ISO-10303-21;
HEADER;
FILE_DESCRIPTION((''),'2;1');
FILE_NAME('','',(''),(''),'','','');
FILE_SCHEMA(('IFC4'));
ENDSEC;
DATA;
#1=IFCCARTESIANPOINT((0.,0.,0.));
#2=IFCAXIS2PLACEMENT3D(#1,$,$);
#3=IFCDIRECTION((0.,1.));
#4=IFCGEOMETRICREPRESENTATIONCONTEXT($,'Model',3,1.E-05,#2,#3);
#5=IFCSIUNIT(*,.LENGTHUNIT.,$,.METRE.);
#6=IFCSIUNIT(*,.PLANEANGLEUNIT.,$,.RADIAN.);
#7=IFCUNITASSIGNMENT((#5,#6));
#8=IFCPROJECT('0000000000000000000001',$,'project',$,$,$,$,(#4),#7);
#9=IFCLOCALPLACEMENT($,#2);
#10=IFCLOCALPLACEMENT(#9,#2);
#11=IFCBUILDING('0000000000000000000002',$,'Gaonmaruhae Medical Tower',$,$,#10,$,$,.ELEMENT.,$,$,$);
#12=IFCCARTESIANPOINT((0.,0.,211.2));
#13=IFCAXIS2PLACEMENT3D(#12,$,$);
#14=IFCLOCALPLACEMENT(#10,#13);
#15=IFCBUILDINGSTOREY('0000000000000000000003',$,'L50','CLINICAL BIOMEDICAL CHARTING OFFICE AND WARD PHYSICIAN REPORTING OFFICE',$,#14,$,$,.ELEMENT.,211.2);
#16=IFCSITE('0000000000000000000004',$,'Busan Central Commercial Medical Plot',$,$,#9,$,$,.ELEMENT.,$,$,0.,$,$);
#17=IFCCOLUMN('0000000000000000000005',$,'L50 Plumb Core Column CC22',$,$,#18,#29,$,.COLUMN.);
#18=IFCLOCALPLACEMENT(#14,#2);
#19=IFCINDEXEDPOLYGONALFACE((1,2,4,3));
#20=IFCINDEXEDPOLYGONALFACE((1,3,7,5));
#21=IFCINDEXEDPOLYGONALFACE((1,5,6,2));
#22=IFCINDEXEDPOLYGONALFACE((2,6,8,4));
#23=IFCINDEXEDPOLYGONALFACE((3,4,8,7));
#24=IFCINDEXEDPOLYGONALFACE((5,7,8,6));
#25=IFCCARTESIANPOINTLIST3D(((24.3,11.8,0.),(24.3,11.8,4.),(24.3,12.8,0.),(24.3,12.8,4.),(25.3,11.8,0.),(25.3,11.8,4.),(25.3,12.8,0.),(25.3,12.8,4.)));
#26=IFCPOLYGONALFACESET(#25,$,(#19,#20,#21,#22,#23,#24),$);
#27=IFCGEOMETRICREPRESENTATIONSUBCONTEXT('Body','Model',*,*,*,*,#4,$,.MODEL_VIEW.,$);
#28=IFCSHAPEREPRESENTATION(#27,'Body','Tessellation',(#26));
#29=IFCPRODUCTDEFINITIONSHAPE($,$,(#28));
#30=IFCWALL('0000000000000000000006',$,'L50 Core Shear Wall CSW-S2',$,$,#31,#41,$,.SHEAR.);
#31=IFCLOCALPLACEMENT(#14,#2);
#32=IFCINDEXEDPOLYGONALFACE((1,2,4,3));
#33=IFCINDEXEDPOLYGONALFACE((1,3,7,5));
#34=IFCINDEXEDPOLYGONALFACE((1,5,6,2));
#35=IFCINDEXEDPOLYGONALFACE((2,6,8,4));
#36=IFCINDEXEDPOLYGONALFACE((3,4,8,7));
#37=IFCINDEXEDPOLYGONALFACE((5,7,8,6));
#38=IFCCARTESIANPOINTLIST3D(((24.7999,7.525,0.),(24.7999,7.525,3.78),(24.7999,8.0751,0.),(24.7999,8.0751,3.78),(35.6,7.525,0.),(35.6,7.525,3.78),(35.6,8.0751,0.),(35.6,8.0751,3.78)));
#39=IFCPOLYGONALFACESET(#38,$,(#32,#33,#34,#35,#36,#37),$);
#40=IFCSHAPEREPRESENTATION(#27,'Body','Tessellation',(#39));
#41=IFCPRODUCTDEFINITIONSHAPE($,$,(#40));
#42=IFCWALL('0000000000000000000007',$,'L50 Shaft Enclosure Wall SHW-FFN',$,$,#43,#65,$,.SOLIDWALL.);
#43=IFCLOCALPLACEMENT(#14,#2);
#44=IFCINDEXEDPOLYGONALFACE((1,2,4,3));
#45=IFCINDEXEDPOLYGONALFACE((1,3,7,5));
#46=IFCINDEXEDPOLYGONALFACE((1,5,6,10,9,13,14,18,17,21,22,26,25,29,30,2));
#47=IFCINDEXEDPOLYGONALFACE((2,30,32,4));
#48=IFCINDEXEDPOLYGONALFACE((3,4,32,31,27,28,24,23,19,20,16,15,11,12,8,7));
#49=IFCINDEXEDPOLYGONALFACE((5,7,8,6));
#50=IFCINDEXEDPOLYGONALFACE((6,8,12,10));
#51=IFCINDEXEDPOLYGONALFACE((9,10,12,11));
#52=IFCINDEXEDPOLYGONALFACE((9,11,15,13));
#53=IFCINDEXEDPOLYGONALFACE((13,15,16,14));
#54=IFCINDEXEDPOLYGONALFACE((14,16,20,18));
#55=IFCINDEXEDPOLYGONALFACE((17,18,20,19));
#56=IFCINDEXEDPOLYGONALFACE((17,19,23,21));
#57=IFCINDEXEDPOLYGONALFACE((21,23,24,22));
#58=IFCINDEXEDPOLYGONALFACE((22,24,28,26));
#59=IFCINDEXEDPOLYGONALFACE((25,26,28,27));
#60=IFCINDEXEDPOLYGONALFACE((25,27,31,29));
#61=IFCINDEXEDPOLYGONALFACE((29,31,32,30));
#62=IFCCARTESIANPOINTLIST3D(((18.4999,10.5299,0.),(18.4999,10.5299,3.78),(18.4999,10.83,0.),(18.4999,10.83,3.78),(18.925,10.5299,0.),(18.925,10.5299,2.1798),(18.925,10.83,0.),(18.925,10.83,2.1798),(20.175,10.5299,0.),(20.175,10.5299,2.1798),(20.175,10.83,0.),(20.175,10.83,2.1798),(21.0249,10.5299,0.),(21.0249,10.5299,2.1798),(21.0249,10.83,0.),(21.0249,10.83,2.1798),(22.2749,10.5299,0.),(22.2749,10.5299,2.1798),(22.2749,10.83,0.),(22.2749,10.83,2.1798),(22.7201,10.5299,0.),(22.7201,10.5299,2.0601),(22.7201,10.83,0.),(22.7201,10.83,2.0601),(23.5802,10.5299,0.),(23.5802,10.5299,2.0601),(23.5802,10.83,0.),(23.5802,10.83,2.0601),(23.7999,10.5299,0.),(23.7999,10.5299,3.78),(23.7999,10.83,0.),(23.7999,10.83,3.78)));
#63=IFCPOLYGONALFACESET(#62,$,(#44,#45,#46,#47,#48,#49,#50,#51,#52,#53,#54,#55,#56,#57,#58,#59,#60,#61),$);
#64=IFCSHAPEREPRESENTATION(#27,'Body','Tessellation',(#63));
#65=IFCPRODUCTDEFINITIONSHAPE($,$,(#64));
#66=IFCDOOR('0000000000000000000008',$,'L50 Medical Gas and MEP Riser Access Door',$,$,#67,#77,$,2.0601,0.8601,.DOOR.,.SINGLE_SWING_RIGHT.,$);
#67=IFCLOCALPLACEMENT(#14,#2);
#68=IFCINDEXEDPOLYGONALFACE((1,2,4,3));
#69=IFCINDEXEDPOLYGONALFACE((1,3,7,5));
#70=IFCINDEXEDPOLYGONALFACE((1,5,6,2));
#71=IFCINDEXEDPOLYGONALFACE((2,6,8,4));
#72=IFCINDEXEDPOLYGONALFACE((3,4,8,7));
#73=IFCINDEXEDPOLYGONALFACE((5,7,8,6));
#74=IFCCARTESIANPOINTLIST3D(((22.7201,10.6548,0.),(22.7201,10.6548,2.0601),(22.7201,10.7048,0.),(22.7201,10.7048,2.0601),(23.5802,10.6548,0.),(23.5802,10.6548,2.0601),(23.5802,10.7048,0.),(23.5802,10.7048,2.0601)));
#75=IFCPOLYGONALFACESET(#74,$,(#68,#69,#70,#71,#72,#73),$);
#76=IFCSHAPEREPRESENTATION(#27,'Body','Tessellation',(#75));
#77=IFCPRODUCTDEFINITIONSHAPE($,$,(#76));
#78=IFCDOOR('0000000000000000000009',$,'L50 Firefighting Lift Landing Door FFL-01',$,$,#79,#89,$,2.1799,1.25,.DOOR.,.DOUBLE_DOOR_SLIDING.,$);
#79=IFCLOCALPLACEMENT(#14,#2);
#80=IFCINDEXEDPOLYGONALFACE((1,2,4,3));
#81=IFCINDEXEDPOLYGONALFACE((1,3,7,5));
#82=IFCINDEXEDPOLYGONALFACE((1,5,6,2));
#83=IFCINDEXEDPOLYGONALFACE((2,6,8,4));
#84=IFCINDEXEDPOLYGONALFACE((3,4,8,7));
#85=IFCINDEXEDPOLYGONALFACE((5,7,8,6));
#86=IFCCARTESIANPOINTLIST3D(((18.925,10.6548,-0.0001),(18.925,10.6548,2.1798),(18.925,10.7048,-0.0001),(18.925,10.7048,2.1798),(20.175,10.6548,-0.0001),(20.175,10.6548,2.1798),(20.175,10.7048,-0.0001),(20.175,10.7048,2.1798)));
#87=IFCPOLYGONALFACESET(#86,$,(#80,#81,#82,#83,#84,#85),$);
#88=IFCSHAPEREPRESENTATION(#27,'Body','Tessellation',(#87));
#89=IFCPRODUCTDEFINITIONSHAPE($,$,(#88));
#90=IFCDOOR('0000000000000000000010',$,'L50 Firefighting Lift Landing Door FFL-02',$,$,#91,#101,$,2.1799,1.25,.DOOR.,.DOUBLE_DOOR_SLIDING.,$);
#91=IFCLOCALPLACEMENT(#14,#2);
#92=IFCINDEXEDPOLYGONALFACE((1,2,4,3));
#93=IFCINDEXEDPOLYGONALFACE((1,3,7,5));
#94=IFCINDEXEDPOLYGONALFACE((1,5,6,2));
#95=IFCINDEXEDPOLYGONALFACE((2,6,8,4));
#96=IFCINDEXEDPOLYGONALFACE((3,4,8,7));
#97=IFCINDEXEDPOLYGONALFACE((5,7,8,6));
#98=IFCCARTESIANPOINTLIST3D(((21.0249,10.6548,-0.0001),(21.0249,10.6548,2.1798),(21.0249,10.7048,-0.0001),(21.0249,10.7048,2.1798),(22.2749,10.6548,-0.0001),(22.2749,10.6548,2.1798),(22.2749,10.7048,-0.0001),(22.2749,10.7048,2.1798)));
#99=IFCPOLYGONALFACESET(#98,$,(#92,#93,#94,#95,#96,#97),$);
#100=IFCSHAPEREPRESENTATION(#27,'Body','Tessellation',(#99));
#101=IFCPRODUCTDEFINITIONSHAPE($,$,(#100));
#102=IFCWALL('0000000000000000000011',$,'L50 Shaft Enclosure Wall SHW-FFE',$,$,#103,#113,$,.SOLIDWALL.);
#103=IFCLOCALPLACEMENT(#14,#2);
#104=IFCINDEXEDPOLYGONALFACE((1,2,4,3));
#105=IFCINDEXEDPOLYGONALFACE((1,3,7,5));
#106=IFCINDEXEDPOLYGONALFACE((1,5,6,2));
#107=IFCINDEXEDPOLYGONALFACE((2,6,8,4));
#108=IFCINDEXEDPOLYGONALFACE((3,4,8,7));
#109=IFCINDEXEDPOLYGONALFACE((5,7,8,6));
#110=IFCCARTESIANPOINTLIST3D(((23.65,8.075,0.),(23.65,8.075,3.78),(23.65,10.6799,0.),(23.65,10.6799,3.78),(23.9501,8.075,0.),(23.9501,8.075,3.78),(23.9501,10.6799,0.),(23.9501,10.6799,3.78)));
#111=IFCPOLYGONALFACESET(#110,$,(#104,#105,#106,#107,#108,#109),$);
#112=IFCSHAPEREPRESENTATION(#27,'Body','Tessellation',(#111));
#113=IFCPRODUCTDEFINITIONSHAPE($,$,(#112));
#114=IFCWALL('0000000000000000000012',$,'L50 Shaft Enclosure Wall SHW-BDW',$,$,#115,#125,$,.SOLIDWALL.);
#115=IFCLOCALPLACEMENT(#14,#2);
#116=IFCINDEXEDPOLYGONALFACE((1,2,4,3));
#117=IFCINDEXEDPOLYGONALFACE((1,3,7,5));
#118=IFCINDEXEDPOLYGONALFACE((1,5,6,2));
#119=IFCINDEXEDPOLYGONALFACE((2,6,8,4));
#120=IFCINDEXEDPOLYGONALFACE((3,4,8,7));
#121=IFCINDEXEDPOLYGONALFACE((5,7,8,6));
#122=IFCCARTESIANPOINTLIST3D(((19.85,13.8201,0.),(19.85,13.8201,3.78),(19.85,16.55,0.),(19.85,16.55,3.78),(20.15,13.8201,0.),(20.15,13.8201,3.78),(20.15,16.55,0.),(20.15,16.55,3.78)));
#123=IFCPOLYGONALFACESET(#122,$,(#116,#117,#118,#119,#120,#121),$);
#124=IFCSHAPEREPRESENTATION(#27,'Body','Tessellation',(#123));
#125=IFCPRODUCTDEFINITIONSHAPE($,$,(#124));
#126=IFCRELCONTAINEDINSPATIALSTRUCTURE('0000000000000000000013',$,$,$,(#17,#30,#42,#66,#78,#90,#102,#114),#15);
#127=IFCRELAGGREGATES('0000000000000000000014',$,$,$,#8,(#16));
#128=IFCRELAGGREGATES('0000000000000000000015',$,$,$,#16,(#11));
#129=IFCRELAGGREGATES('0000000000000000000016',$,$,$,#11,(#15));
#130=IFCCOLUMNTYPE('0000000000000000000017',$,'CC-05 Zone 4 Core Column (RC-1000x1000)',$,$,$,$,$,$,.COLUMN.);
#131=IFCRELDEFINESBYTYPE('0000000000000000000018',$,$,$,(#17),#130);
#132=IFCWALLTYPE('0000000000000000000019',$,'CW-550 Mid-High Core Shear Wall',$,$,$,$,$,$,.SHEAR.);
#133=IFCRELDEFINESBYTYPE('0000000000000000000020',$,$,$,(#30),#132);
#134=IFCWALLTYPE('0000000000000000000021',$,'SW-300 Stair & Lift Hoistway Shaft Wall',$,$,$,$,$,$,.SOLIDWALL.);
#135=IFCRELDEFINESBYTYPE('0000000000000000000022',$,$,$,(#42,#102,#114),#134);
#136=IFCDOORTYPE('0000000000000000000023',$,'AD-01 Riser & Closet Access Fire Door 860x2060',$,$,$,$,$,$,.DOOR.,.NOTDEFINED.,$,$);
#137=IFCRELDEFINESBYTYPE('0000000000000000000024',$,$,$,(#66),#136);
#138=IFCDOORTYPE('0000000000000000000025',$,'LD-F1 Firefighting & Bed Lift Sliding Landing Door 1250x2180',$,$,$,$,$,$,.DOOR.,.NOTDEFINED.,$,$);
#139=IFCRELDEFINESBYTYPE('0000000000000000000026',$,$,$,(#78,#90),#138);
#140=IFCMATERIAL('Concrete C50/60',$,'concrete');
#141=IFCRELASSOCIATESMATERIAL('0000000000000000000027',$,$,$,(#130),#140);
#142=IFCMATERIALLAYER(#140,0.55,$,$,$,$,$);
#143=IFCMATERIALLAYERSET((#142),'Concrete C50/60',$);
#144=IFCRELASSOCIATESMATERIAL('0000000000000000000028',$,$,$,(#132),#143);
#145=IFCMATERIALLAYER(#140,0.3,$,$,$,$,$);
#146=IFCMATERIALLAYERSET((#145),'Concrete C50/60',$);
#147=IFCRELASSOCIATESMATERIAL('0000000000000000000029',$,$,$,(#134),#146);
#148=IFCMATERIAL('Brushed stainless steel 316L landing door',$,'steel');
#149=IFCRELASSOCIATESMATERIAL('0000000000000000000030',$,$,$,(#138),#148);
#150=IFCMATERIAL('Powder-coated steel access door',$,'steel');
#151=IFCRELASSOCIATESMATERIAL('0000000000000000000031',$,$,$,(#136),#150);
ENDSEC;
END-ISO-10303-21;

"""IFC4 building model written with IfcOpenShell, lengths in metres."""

from ifc_helpers import new_model, si_unit, direction, frame, frame_2d, origin, origin_2d, place, context, subcontext, project, spatial, rectangle, extrude, material, layer, layer_set, material_profile, profile_set, type_object, element, fill, save


model = new_model("IFC4")

# Units and contexts
model_context = context("Model", 3, precision=1e-05, world=origin(), true_north=direction((0.0, 1.0)))
body_context = subcontext(model_context, "Body", "Model", "MODEL_VIEW")
ifc_project = project(units=[si_unit("LENGTHUNIT", "METRE"), si_unit("PLANEANGLEUNIT", "RADIAN")], contexts=[model_context])

# Site, building, storey
site_placement = place(None, origin())
site = spatial("IfcSite", under=ifc_project, at=site_placement, Name="Busan Central Commercial Medical Plot", CompositionType="ELEMENT", RefElevation=0.0)
building_placement = place(site_placement, origin())
building = spatial("IfcBuilding", under=site, at=building_placement, Name="Gaonmaruhae Medical Tower", CompositionType="ELEMENT")
storey_placement = place(building_placement, frame((0.0, 0.0, 211.2)))
storey = spatial("IfcBuildingStorey", under=building, at=storey_placement, Name="L50", Description="CLINICAL BIOMEDICAL CHARTING OFFICE AND WARD PHYSICIAN REPORTING OFFICE", CompositionType="ELEMENT", Elevation=211.2)

# Column
ifc_material_1 = material(Name="Concrete C50/60", Category="concrete")
ifc_material_profile = material_profile(ifc_material_1, rectangle(XDim=1.0, YDim=1.0, at=origin_2d()), Name="RC-1000x1000")
ifc_profile_set = profile_set([ifc_material_profile], Name="Concrete C50/60")
column_type = type_object("IfcColumnType", Name="CC-05 Zone 4 Core Column (RC-1000x1000)", PredefinedType="COLUMN", material=ifc_profile_set)
column_placement = place(storey_placement, frame((24.8, 12.3, 0.0), z_axis=(0.0, 0.0, 1.0), x_axis=(1.0, 0.0, 0.0)))
element("IfcColumn", 1, at=column_placement, inside=storey, type_object=column_type, Name="L50 Plumb Core Column CC22", PredefinedType="COLUMN", context=body_context, shape_type="SweptSolid", body=[
    extrude(rectangle(XDim=1.0, YDim=1.0, at=origin_2d()), origin(), (0.0, 0.0, 1.0), 4.0),
])

# Wall
ifc_layer_1 = layer(ifc_material_1, 0.55)
ifc_layer_set_1 = layer_set([ifc_layer_1], Name="Concrete C50/60")
wall_type_1 = type_object("IfcWallType", Name="CW-550 Mid-High Core Shear Wall", PredefinedType="SHEAR", material=ifc_layer_set_1)
wall_1_placement = place(storey_placement, frame((24.8, 7.8, 0.0), z_axis=(0.0, 0.0, 1.0), x_axis=(1.0, 0.0, 0.0)))
element("IfcWall", 2, at=wall_1_placement, inside=storey, type_object=wall_type_1, Name="L50 Core Shear Wall CSW-S2", PredefinedType="SHEAR", context=body_context, shape_type="SweptSolid", body=[
    extrude(rectangle(XDim=10.8, YDim=0.55, at=frame_2d((5.3999, 0.0))), origin(), (0.0, 0.0, 1.0), 3.78),
])

# Wall, openings, doors
ifc_layer_2 = layer(ifc_material_1, 0.3)
ifc_layer_set_2 = layer_set([ifc_layer_2], Name="Concrete C50/60")
wall_type_2 = type_object("IfcWallType", Name="SW-300 Stair & Lift Hoistway Shaft Wall", PredefinedType="SOLIDWALL", material=ifc_layer_set_2)
ifc_material_2 = material(Name="Brushed stainless steel 316L landing door", Category="steel")
door_type_1 = type_object("IfcDoorType", Name="LD-F1 Firefighting & Bed Lift Sliding Landing Door 1250x2180", OperationType="NOTDEFINED", PredefinedType="DOOR", material=ifc_material_2)
wall_2_placement = place(storey_placement, frame((18.5, 10.6799, 0.0), z_axis=(0.0, 0.0, 1.0), x_axis=(1.0, 0.0, 0.0)))
wall_2 = element("IfcWall", 3, at=wall_2_placement, inside=storey, type_object=wall_type_2, Name="L50 Shaft Enclosure Wall SHW-FFN", PredefinedType="SOLIDWALL", context=body_context, shape_type="SweptSolid", body=[
    extrude(rectangle(XDim=5.3, YDim=0.3, at=frame_2d((2.6499, 0.0))), origin(), (0.0, 0.0, 1.0), 3.78),
])
opening_1_placement = place(wall_2_placement, frame((4.22, 0.0, 0.0)))
opening_1 = element("IfcOpeningElement", 4, at=opening_1_placement, cuts=wall_2, PredefinedType="OPENING", context=body_context, shape_type="SweptSolid", body=[
    extrude(rectangle(XDim=0.8601, YDim=2.0601, at=frame_2d((0.4302, 1.03))), frame((0.0, 0.1602, 0.0), z_axis=(0.0, -1.0, 0.0), x_axis=(1.0, 0.0, 0.0)), (0.0, 0.0, 1.0), 0.3201),
])
opening_2_placement = place(wall_2_placement, frame((0.425, 0.0, 0.0)))
opening_2 = element("IfcOpeningElement", 5, at=opening_2_placement, cuts=wall_2, PredefinedType="OPENING", context=body_context, shape_type="SweptSolid", body=[
    extrude(rectangle(XDim=1.25, YDim=2.1799, at=frame_2d((0.625, 1.0898))), frame((0.0, 0.1602, 0.0), z_axis=(0.0, -1.0, 0.0), x_axis=(1.0, 0.0, 0.0)), (0.0, 0.0, 1.0), 0.3201),
])
opening_3_placement = place(wall_2_placement, frame((2.5249, 0.0, 0.0)))
opening_3 = element("IfcOpeningElement", 6, at=opening_3_placement, cuts=wall_2, PredefinedType="OPENING", context=body_context, shape_type="SweptSolid", body=[
    extrude(rectangle(XDim=1.25, YDim=2.1799, at=frame_2d((0.625, 1.0898))), frame((0.0, 0.1602, 0.0), z_axis=(0.0, -1.0, 0.0), x_axis=(1.0, 0.0, 0.0)), (0.0, 0.0, 1.0), 0.3201),
])
ifc_material_3 = material(Name="Powder-coated steel access door", Category="steel")
door_type_2 = type_object("IfcDoorType", Name="AD-01 Riser & Closet Access Fire Door 860x2060", OperationType="NOTDEFINED", PredefinedType="DOOR", material=ifc_material_3)
door_1_placement = place(opening_1_placement, origin())
door_1 = element("IfcDoor", 7, at=door_1_placement, inside=storey, type_object=door_type_2, Name="L50 Medical Gas and MEP Riser Access Door", OperationType="SINGLE_SWING_RIGHT", OverallHeight=2.0601, OverallWidth=0.8601, PredefinedType="DOOR", context=body_context, shape_type="SweptSolid", body=[
    extrude(rectangle(XDim=0.8601, YDim=2.0601, at=frame_2d((0.4302, 1.03))), frame((0.0, 0.0249, 0.0), z_axis=(0.0, -1.0, 0.0), x_axis=(1.0, 0.0, 0.0)), (0.0, 0.0, 1.0), 0.05),
])
fill(opening_1, door_1)
door_2_placement = place(opening_2_placement, origin())
door_2 = element("IfcDoor", 8, at=door_2_placement, inside=storey, type_object=door_type_1, Name="L50 Firefighting Lift Landing Door FFL-01", OperationType="DOUBLE_DOOR_SLIDING", OverallHeight=2.1799, OverallWidth=1.25, PredefinedType="DOOR", context=body_context, shape_type="SweptSolid", body=[
    extrude(rectangle(XDim=1.25, YDim=2.1799, at=frame_2d((0.625, 1.0898))), frame((0.0, 0.0249, 0.0), z_axis=(0.0, -1.0, 0.0), x_axis=(1.0, 0.0, 0.0)), (0.0, 0.0, 1.0), 0.05),
])
fill(opening_2, door_2)
door_3_placement = place(opening_3_placement, origin())
door_3 = element("IfcDoor", 9, at=door_3_placement, inside=storey, type_object=door_type_1, Name="L50 Firefighting Lift Landing Door FFL-02", OperationType="DOUBLE_DOOR_SLIDING", OverallHeight=2.1799, OverallWidth=1.25, PredefinedType="DOOR", context=body_context, shape_type="SweptSolid", body=[
    extrude(rectangle(XDim=1.25, YDim=2.1799, at=frame_2d((0.625, 1.0898))), frame((0.0, 0.0249, 0.0), z_axis=(0.0, -1.0, 0.0), x_axis=(1.0, 0.0, 0.0)), (0.0, 0.0, 1.0), 0.05),
])
fill(opening_3, door_3)

# Walls
wall_3_placement = place(storey_placement, frame((23.8, 8.075, 0.0), z_axis=(0.0, 0.0, 1.0), x_axis=(0.0, 1.0, 0.0)))
element("IfcWall", 10, at=wall_3_placement, inside=storey, type_object=wall_type_2, Name="L50 Shaft Enclosure Wall SHW-FFE", PredefinedType="SOLIDWALL", context=body_context, shape_type="SweptSolid", body=[
    extrude(rectangle(XDim=2.605, YDim=0.3, at=frame_2d((1.3025, 0.0))), origin(), (0.0, 0.0, 1.0), 3.78),
])
wall_4_placement = place(storey_placement, frame((20.0, 13.8201, 0.0), z_axis=(0.0, 0.0, 1.0), x_axis=(0.0, 1.0, 0.0)))
element("IfcWall", 11, at=wall_4_placement, inside=storey, type_object=wall_type_2, Name="L50 Shaft Enclosure Wall SHW-BDW", PredefinedType="SOLIDWALL", context=body_context, shape_type="SweptSolid", body=[
    extrude(rectangle(XDim=2.73, YDim=0.3, at=frame_2d((1.365, 0.0))), origin(), (0.0, 0.0, 1.0), 3.78),
])

save(model, "model.ifc")
